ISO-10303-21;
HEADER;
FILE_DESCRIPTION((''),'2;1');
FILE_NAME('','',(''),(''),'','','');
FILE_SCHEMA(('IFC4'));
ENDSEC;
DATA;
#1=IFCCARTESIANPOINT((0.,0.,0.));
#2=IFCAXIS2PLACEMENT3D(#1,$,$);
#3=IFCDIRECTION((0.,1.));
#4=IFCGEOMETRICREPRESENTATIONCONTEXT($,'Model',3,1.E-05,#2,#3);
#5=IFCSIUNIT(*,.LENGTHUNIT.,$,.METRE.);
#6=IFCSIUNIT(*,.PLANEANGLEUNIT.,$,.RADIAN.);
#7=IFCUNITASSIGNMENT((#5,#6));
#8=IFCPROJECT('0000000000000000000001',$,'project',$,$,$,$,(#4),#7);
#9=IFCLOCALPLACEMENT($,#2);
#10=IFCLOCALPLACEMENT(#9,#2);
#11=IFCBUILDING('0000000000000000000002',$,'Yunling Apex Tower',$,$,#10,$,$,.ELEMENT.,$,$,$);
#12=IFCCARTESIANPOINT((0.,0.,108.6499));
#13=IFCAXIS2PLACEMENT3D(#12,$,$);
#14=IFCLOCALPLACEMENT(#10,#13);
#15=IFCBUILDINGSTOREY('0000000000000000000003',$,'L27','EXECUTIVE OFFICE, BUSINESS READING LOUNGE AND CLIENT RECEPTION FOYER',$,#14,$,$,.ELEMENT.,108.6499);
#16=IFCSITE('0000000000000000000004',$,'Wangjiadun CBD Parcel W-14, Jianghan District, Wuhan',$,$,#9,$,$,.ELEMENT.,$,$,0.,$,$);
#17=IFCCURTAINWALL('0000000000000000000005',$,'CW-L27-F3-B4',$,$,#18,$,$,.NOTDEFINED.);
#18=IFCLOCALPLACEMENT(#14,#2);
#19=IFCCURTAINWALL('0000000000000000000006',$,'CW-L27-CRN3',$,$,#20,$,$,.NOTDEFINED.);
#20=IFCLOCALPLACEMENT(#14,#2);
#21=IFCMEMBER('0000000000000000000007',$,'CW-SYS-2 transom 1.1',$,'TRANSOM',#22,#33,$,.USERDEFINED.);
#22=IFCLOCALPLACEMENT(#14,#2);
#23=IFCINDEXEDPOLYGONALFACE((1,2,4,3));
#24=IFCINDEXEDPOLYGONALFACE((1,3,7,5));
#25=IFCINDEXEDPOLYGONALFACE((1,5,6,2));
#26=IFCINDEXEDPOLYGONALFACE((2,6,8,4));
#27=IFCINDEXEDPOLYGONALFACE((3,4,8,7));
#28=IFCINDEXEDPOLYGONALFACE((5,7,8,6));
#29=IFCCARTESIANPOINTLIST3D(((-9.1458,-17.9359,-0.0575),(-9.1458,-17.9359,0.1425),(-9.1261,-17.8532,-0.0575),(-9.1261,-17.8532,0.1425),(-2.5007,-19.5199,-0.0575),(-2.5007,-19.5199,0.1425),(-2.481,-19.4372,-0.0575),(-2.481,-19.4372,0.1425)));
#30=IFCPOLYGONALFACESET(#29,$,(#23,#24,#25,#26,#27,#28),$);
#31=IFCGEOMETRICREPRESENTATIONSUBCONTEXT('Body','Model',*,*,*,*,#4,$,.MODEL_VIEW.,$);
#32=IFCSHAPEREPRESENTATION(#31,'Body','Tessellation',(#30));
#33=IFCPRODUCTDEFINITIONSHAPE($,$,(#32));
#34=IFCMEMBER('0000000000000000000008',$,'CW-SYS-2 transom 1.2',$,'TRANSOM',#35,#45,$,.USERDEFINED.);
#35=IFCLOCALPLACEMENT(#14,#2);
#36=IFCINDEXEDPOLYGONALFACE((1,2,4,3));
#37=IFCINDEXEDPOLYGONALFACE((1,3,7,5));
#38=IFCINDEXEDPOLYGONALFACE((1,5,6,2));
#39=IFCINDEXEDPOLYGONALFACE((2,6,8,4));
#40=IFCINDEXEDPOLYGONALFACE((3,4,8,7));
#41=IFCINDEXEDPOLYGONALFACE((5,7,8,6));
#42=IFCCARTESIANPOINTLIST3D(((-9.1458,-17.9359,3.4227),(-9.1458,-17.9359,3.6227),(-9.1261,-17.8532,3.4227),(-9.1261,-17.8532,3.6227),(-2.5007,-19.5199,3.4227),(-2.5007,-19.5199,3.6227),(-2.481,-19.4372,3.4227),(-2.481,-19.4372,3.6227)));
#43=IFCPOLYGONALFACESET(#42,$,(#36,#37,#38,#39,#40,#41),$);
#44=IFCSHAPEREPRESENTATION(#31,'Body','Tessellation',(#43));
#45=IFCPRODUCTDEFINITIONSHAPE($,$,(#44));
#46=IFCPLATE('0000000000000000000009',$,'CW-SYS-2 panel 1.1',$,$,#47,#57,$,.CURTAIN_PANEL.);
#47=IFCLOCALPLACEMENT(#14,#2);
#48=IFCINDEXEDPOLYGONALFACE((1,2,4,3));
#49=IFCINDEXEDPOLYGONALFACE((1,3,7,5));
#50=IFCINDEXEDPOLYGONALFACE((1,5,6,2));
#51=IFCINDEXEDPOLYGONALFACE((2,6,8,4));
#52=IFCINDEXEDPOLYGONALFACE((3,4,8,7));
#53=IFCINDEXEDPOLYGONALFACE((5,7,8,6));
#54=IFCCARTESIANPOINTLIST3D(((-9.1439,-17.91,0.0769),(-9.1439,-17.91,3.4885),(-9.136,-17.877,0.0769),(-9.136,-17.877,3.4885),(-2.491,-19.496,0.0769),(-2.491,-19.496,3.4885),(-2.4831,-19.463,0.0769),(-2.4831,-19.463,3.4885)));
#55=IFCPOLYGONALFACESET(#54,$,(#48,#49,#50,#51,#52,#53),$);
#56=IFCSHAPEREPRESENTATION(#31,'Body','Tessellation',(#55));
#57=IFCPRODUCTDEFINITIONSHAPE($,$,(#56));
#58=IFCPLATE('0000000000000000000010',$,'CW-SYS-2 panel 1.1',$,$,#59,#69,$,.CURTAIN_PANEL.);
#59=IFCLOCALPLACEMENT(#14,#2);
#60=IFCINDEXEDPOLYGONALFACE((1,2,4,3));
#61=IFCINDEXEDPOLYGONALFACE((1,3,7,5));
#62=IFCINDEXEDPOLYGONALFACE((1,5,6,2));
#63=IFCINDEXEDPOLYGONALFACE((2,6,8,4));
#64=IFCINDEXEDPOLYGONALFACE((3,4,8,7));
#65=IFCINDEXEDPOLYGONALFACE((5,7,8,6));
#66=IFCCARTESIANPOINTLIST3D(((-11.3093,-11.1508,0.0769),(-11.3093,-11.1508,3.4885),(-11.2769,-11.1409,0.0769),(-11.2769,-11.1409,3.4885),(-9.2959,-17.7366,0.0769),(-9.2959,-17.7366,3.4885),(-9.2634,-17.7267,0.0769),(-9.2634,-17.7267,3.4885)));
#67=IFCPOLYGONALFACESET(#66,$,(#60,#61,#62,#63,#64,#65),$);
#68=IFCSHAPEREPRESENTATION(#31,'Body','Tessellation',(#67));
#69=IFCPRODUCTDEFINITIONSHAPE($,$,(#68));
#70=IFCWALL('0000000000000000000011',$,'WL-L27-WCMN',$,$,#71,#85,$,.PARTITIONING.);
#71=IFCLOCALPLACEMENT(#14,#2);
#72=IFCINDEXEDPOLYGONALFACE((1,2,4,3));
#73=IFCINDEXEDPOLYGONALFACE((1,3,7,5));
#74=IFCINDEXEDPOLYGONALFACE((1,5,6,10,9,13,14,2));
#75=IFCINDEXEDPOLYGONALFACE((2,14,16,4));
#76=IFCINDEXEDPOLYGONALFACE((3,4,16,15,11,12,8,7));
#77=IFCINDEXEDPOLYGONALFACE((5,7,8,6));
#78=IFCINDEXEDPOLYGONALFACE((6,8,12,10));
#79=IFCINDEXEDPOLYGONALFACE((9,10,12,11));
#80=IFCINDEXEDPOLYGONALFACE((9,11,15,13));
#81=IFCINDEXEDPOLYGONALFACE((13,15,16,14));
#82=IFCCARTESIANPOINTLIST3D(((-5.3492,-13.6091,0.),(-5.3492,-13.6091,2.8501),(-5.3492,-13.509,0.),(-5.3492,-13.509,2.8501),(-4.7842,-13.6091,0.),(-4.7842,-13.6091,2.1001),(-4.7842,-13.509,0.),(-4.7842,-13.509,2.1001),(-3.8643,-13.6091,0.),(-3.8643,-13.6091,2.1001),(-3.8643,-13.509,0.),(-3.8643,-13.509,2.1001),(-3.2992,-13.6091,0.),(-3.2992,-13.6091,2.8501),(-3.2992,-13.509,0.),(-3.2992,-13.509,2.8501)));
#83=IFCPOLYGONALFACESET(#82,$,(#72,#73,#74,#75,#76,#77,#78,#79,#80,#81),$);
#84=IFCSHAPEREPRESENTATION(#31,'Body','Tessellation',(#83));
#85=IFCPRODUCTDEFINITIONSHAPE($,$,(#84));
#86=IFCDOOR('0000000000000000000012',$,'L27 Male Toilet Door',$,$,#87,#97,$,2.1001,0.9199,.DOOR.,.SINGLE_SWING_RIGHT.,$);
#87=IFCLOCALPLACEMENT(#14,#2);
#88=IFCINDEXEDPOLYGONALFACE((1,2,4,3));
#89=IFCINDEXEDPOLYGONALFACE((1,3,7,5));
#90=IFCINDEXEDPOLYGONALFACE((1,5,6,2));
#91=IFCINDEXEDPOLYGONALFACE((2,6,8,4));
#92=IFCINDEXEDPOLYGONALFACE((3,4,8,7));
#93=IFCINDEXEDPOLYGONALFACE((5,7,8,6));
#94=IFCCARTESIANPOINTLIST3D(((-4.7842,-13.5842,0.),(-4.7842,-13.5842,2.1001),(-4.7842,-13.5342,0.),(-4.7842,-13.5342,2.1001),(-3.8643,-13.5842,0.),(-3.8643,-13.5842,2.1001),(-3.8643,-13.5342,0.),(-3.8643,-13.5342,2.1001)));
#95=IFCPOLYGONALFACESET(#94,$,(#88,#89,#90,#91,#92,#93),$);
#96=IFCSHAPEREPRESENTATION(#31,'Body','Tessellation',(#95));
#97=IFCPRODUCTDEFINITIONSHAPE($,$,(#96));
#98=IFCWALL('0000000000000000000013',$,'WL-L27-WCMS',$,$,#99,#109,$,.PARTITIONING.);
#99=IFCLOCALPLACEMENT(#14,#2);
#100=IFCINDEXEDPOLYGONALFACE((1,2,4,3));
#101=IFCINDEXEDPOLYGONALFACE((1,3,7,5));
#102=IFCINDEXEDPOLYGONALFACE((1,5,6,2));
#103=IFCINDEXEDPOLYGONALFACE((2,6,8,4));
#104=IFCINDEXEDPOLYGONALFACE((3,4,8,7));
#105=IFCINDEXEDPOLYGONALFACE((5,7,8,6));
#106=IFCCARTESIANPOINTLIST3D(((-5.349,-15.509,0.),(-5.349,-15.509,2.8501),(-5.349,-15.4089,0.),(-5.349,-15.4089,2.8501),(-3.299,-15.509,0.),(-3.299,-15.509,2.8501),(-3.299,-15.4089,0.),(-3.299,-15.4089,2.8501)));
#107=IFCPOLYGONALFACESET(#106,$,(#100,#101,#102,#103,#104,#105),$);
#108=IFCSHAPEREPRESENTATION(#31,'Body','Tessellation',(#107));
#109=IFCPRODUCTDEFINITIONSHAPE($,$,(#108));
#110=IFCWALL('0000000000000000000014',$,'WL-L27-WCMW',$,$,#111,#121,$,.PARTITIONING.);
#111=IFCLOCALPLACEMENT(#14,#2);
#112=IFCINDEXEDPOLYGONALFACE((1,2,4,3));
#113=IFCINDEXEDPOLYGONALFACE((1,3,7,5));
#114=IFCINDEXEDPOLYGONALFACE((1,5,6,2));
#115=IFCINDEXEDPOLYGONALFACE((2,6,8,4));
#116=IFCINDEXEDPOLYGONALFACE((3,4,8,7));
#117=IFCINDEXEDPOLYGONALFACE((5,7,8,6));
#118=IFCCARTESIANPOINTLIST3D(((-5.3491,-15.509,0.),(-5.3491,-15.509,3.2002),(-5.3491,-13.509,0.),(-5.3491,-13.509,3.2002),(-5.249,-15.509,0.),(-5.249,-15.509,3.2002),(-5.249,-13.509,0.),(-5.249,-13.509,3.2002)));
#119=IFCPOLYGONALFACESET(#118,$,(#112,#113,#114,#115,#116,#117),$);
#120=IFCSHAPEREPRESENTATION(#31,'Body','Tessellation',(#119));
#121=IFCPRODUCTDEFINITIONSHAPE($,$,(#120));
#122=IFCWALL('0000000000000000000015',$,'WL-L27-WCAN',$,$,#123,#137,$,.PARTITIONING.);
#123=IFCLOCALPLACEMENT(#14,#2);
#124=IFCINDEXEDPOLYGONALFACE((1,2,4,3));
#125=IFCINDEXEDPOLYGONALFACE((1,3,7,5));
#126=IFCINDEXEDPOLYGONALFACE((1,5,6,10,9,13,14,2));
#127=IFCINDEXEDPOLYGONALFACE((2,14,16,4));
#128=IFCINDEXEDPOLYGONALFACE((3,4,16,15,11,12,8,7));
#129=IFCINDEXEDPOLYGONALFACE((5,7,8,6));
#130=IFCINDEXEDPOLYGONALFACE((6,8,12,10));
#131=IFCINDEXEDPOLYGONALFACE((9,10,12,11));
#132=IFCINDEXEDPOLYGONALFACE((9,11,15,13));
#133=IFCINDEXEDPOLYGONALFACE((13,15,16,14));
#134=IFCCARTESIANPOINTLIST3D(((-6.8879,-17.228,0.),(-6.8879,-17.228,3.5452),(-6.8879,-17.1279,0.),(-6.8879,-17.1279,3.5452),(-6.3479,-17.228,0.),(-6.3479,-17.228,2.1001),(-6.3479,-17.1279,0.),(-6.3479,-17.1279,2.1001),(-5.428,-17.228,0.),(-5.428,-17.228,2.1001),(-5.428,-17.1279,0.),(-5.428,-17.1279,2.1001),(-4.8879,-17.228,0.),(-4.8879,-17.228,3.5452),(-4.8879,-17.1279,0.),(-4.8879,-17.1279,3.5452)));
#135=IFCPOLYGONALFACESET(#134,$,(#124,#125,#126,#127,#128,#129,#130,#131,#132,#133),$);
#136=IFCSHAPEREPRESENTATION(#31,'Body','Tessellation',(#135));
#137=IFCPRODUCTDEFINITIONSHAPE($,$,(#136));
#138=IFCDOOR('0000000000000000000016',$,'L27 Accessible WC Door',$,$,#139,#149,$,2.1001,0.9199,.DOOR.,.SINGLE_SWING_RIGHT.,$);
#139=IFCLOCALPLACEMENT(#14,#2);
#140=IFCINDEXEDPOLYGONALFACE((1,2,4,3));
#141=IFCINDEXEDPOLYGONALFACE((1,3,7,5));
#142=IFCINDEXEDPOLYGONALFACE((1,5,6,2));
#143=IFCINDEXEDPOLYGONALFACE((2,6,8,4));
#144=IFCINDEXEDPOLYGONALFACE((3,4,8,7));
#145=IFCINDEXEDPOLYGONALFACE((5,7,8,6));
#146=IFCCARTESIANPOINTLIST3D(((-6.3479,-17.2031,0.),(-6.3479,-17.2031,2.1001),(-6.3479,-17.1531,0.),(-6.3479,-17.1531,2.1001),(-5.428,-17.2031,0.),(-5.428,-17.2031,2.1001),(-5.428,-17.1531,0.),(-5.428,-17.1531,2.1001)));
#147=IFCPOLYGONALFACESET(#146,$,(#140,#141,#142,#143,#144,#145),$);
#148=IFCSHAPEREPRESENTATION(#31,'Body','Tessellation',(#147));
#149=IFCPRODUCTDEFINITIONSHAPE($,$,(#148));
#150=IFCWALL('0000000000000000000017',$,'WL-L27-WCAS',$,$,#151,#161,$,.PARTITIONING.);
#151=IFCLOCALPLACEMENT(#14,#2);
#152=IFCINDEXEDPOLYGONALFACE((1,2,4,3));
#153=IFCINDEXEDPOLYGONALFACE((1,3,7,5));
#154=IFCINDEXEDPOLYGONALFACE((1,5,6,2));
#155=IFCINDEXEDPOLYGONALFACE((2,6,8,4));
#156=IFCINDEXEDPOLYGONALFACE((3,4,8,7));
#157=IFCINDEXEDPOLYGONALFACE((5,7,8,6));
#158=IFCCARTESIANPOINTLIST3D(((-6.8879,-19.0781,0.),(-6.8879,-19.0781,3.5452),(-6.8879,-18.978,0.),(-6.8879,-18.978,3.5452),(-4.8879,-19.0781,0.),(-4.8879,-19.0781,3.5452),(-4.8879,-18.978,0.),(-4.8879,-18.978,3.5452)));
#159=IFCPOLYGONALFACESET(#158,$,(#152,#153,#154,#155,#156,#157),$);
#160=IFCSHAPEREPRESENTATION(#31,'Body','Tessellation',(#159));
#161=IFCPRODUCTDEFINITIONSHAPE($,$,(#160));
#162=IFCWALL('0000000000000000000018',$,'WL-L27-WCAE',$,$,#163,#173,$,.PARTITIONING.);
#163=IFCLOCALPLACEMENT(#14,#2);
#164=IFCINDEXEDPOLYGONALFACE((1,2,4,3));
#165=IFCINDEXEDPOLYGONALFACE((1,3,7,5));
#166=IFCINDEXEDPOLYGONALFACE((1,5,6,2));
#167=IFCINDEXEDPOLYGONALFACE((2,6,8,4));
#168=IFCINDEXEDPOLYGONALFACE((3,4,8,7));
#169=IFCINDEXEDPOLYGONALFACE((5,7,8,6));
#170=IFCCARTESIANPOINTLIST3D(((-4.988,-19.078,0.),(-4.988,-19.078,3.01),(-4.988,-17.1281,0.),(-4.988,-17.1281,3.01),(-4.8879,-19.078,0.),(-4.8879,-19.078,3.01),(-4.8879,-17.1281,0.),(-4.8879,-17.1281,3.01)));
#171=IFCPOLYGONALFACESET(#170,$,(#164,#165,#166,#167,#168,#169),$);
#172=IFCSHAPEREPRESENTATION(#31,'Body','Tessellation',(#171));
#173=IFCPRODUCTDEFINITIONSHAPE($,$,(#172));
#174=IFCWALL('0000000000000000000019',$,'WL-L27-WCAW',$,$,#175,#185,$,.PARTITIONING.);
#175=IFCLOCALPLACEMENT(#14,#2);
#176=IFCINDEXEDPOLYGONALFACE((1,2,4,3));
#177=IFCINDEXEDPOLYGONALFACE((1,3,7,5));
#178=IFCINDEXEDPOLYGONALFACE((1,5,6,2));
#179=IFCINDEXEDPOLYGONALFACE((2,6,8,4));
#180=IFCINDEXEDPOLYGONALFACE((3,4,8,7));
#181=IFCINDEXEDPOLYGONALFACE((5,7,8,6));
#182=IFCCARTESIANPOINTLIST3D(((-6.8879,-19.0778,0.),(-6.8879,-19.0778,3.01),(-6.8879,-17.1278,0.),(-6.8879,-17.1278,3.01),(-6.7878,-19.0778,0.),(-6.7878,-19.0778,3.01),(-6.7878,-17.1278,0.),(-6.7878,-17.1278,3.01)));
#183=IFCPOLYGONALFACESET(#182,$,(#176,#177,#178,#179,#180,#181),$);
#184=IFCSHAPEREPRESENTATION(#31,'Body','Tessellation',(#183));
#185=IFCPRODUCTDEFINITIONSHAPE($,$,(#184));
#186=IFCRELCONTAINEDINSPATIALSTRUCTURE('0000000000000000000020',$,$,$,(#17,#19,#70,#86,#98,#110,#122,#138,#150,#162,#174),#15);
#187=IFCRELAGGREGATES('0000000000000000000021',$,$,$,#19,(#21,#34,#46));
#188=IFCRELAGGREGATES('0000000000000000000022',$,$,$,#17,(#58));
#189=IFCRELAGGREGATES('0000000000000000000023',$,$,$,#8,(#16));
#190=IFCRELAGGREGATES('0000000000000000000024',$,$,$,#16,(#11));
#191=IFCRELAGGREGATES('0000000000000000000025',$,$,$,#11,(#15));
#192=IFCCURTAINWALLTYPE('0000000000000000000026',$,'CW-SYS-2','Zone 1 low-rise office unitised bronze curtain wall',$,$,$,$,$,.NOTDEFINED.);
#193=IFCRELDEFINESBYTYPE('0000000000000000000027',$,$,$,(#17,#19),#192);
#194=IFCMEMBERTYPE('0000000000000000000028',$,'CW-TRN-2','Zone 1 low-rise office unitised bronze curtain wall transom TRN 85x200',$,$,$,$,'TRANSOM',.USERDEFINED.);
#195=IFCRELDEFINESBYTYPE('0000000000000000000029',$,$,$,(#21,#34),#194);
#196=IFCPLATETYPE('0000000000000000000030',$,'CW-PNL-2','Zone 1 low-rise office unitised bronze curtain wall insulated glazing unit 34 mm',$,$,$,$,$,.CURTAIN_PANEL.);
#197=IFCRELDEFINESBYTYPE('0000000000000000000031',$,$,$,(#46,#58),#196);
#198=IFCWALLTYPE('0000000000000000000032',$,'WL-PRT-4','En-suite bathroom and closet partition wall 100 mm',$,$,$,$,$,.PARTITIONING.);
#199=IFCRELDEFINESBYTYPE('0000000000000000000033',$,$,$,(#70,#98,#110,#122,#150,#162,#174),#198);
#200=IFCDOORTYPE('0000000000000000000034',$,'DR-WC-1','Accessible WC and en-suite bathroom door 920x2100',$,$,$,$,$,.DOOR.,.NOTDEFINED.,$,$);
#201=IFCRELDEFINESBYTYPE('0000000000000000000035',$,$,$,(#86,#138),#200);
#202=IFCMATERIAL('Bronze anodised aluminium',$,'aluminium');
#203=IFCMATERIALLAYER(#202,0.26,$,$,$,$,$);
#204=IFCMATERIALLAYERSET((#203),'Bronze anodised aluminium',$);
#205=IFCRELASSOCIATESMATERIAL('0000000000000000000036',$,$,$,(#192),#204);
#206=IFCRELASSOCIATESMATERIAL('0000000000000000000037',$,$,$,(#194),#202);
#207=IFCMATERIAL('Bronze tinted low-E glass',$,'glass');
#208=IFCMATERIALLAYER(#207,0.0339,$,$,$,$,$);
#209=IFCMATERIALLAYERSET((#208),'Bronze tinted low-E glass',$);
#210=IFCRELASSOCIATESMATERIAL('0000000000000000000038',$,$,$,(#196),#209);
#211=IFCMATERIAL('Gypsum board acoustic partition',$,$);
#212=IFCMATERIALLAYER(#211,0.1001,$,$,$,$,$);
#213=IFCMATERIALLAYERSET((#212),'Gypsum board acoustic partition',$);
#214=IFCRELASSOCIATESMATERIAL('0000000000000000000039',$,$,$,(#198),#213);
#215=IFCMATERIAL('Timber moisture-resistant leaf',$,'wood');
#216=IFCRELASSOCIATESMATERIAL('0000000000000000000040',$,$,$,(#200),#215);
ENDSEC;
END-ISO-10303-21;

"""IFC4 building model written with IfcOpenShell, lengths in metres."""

from ifc_helpers import new_model, si_unit, direction, frame, frame_2d, origin, origin_2d, place, context, subcontext, project, spatial, rectangle, extrude, source, transform, mapped, material, layer, layer_set, material_profile, profile_set, type_object, element, fill, aggregate, save


model = new_model("IFC4")

# Units and contexts
model_context = context("Model", 3, precision=1e-05, world=origin(), true_north=direction((0.0, 1.0)))
body_context = subcontext(model_context, "Body", "Model", "MODEL_VIEW")
ifc_project = project(units=[si_unit("LENGTHUNIT", "METRE"), si_unit("PLANEANGLEUNIT", "RADIAN")], contexts=[model_context])

# Site, building, storey
site_placement = place(None, origin())
site = spatial("IfcSite", under=ifc_project, at=site_placement, Name="Wangjiadun CBD Parcel W-14, Jianghan District, Wuhan", CompositionType="ELEMENT", RefElevation=0.0)
building_placement = place(site_placement, origin())
building = spatial("IfcBuilding", under=site, at=building_placement, Name="Yunling Apex Tower", CompositionType="ELEMENT")
storey_placement = place(building_placement, frame((0.0, 0.0, 108.6499)))
storey = spatial("IfcBuildingStorey", under=building, at=storey_placement, Name="L27", Description="EXECUTIVE OFFICE, BUSINESS READING LOUNGE AND CLIENT RECEPTION FOYER", CompositionType="ELEMENT", Elevation=108.6499)

# Curtain wall
ifc_material_1 = material(Name="Bronze anodised aluminium", Category="aluminium")
ifc_layer_1 = layer(ifc_material_1, 0.26)
ifc_layer_set_1 = layer_set([ifc_layer_1], Name="Bronze anodised aluminium")
curtain_wall_type = type_object("IfcCurtainWallType", Name="CW-SYS-2", Description="Zone 1 low-rise office unitised bronze curtain wall", PredefinedType="NOTDEFINED", material=ifc_layer_set_1)
curtain_wall_1_placement = place(storey_placement, origin())
curtain_wall_1 = element("IfcCurtainWall", 1, at=curtain_wall_1_placement, inside=storey, type_object=curtain_wall_type, Name="CW-L27-F3-B4", PredefinedType="NOTDEFINED")

# Curtain wall, members, plate
curtain_wall_2_placement = place(storey_placement, origin())
curtain_wall_2 = element("IfcCurtainWall", 2, at=curtain_wall_2_placement, inside=storey, type_object=curtain_wall_type, Name="CW-L27-CRN3", PredefinedType="NOTDEFINED")
ifc_material_profile_1 = material_profile(ifc_material_1, rectangle(XDim=0.085, YDim=0.2, at=origin_2d()))
ifc_profile_set_1 = profile_set([ifc_material_profile_1], Name="Bronze anodised aluminium")
member_type_1 = type_object("IfcMemberType", Name="CW-TRN-2", Description="Zone 1 low-rise office unitised bronze curtain wall transom TRN 85x200", ElementType="TRANSOM", PredefinedType="USERDEFINED", material=ifc_profile_set_1)
shared_shape_1 = source(origin(), body_context, "Body", "SweptSolid", [
    extrude(rectangle(XDim=0.085, YDim=0.2, at=origin_2d()), origin(), (0.0, 0.0, 1.0), 6.8313),
])
member_1_placement = place(storey_placement, frame((-9.136, -17.8945, 0.0425), z_axis=(0.972746, -0.231875, 0.0), x_axis=(0.231875, 0.972746, 0.0)))
member_1 = element("IfcMember", 3, at=member_1_placement, type_object=member_type_1, Name="CW-SYS-2 transom 1.1", ObjectType="TRANSOM", PredefinedType="USERDEFINED", context=body_context, shape_type="MappedRepresentation", body=[
    mapped(shared_shape_1, transform((0.0, 0.0, 0.0), scale=1.0)),
])
member_2_placement = place(storey_placement, frame((-9.136, -17.8945, 3.5227), z_axis=(0.972746, -0.231875, 0.0), x_axis=(0.231875, 0.972746, 0.0)))
member_2 = element("IfcMember", 4, at=member_2_placement, type_object=member_type_1, Name="CW-SYS-2 transom 1.2", ObjectType="TRANSOM", PredefinedType="USERDEFINED", context=body_context, shape_type="MappedRepresentation", body=[
    mapped(shared_shape_1, transform((0.0, 0.0, 0.0), scale=1.0)),
])
ifc_material_2 = material(Name="Bronze tinted low-E glass", Category="glass")
ifc_layer_2 = layer(ifc_material_2, 0.0339)
ifc_layer_set_2 = layer_set([ifc_layer_2], Name="Bronze tinted low-E glass")
plate_type = type_object("IfcPlateType", Name="CW-PNL-2", Description="Zone 1 low-rise office unitised bronze curtain wall insulated glazing unit 34 mm", PredefinedType="CURTAIN_PANEL", material=ifc_layer_set_2)
shared_shape_2 = source(origin(), body_context, "Body", "SweptSolid", [
    extrude(rectangle(XDim=6.8394, YDim=0.0339, at=origin_2d()), origin(), (0.0, 0.0, 1.0), 3.4116),
])
plate_1_placement = place(storey_placement, frame((-5.8135, -18.6865, 0.0769), z_axis=(0.0, 0.0, 1.0), x_axis=(0.972741, -0.231895, 0.0)))
plate_1 = element("IfcPlate", 5, at=plate_1_placement, type_object=plate_type, Name="CW-SYS-2 panel 1.1", PredefinedType="CURTAIN_PANEL", context=body_context, shape_type="MappedRepresentation", body=[
    mapped(shared_shape_2, transform((0.0, 0.0, 0.0), scale=1.0)),
])
aggregate(curtain_wall_2, [member_1, member_2, plate_1])

# Plate
shared_shape_3 = source(origin(), body_context, "Body", "SweptSolid", [
    extrude(rectangle(XDim=6.8867, YDim=0.0339, at=origin_2d()), origin(), (0.0, 0.0, 1.0), 3.4116),
])
plate_2_placement = place(storey_placement, frame((-10.2864, -14.4387, 0.0769), z_axis=(0.0, 0.0, 1.0), x_axis=(0.292373, -0.956304, 0.0)))
plate_2 = element("IfcPlate", 6, at=plate_2_placement, type_object=plate_type, Name="CW-SYS-2 panel 1.1", PredefinedType="CURTAIN_PANEL", context=body_context, shape_type="MappedRepresentation", body=[
    mapped(shared_shape_3, transform((0.0, 0.0, 0.0), scale=1.0)),
])
aggregate(curtain_wall_1, [plate_2])

# Wall, opening, door
ifc_material_3 = material(Name="Gypsum board acoustic partition")
ifc_layer_3 = layer(ifc_material_3, 0.1001)
ifc_layer_set_3 = layer_set([ifc_layer_3], Name="Gypsum board acoustic partition")
wall_type = type_object("IfcWallType", Name="WL-PRT-4", Description="En-suite bathroom and closet partition wall 100 mm", PredefinedType="PARTITIONING", material=ifc_layer_set_3)
wall_1_placement = place(storey_placement, frame((-5.3491, -13.5591, 0.0), z_axis=(0.0, 0.0, 1.0), x_axis=(1.0, 0.0, 0.0)))
wall_1 = element("IfcWall", 7, at=wall_1_placement, inside=storey, type_object=wall_type, Name="WL-L27-WCMN", PredefinedType="PARTITIONING", context=body_context, shape_type="SweptSolid", body=[
    extrude(rectangle(XDim=2.05, YDim=0.1001, at=frame_2d((1.0249, 0.0))), origin(), (0.0, 0.0, 1.0), 2.8501),
])
opening_1_placement = place(wall_1_placement, frame((0.5649, 0.0, 0.0)))
opening_1 = element("IfcOpeningElement", 8, at=opening_1_placement, cuts=wall_1, PredefinedType="OPENING", context=body_context, shape_type="SweptSolid", body=[
    extrude(rectangle(XDim=0.9199, YDim=2.1001, at=frame_2d((0.46, 1.05))), frame((0.0, 0.0601, 0.0), z_axis=(0.0, -1.0, 0.0), x_axis=(1.0, 0.0, 0.0)), (0.0, 0.0, 1.0), 0.1201),
])
ifc_material_4 = material(Name="Timber moisture-resistant leaf", Category="wood")
door_type = type_object("IfcDoorType", Name="DR-WC-1", Description="Accessible WC and en-suite bathroom door 920x2100", OperationType="NOTDEFINED", PredefinedType="DOOR", material=ifc_material_4)
door_1_placement = place(opening_1_placement, origin())
door_1 = element("IfcDoor", 9, at=door_1_placement, inside=storey, type_object=door_type, Name="L27 Male Toilet Door", OperationType="SINGLE_SWING_RIGHT", OverallHeight=2.1001, OverallWidth=0.9199, PredefinedType="DOOR", context=body_context, shape_type="SweptSolid", body=[
    extrude(rectangle(XDim=0.9199, YDim=2.1001, at=frame_2d((0.46, 1.05))), frame((0.0, 0.0249, 0.0), z_axis=(0.0, -1.0, 0.0), x_axis=(1.0, 0.0, 0.0)), (0.0, 0.0, 1.0), 0.05),
])
fill(opening_1, door_1)

# Walls
wall_2_placement = place(storey_placement, frame((-3.2991, -15.459, 0.0), z_axis=(0.0, 0.0, 1.0), x_axis=(-1.0, 0.0, 0.0)))
element("IfcWall", 10, at=wall_2_placement, inside=storey, type_object=wall_type, Name="WL-L27-WCMS", PredefinedType="PARTITIONING", context=body_context, shape_type="SweptSolid", body=[
    extrude(rectangle(XDim=2.05, YDim=0.1001, at=frame_2d((1.0249, 0.0))), origin(), (0.0, 0.0, 1.0), 2.8501),
])
wall_3_placement = place(storey_placement, frame((-5.2991, -15.509, 0.0), z_axis=(0.0, 0.0, 1.0), x_axis=(0.0, 1.0, 0.0)))
element("IfcWall", 11, at=wall_3_placement, inside=storey, type_object=wall_type, Name="WL-L27-WCMW", PredefinedType="PARTITIONING", context=body_context, shape_type="SweptSolid", body=[
    extrude(rectangle(XDim=2.0, YDim=0.1001, at=frame_2d((1.0, 0.0))), origin(), (0.0, 0.0, 1.0), 3.2002),
])

# Wall, opening, door
wall_4_placement = place(storey_placement, frame((-6.8879, -17.178, 0.0), z_axis=(0.0, 0.0, 1.0), x_axis=(1.0, 0.0, 0.0)))
wall_4 = element("IfcWall", 12, at=wall_4_placement, inside=storey, type_object=wall_type, Name="WL-L27-WCAN", PredefinedType="PARTITIONING", context=body_context, shape_type="SweptSolid", body=[
    extrude(rectangle(XDim=2.0, YDim=0.1001, at=frame_2d((1.0, 0.0))), origin(), (0.0, 0.0, 1.0), 3.5452),
])
opening_2_placement = place(wall_4_placement, frame((0.54, 0.0, 0.0)))
opening_2 = element("IfcOpeningElement", 13, at=opening_2_placement, cuts=wall_4, PredefinedType="OPENING", context=body_context, shape_type="SweptSolid", body=[
    extrude(rectangle(XDim=0.9199, YDim=2.1001, at=frame_2d((0.46, 1.05))), frame((0.0, 0.0601, 0.0), z_axis=(0.0, -1.0, 0.0), x_axis=(1.0, 0.0, 0.0)), (0.0, 0.0, 1.0), 0.1201),
])
door_2_placement = place(opening_2_placement, origin())
door_2 = element("IfcDoor", 14, at=door_2_placement, inside=storey, type_object=door_type, Name="L27 Accessible WC Door", OperationType="SINGLE_SWING_RIGHT", OverallHeight=2.1001, OverallWidth=0.9199, PredefinedType="DOOR", context=body_context, shape_type="SweptSolid", body=[
    extrude(rectangle(XDim=0.9199, YDim=2.1001, at=frame_2d((0.46, 1.05))), frame((0.0, 0.0249, 0.0), z_axis=(0.0, -1.0, 0.0), x_axis=(1.0, 0.0, 0.0)), (0.0, 0.0, 1.0), 0.05),
])
fill(opening_2, door_2)

# Walls
wall_5_placement = place(storey_placement, frame((-4.8879, -19.0281, 0.0), z_axis=(0.0, 0.0, 1.0), x_axis=(-1.0, 0.0, 0.0)))
element("IfcWall", 15, at=wall_5_placement, inside=storey, type_object=wall_type, Name="WL-L27-WCAS", PredefinedType="PARTITIONING", context=body_context, shape_type="SweptSolid", body=[
    extrude(rectangle(XDim=2.0, YDim=0.1001, at=frame_2d((1.0, 0.0))), origin(), (0.0, 0.0, 1.0), 3.5452),
])
for number, where, z_axis, x_axis, name in (
    (16, (-4.938, -17.1279, 0.0), (0.0, 0.0, 1.0), (0.0, -1.0, 0.0), "WL-L27-WCAE"),
    (17, (-6.8379, -19.0779, 0.0), (0.0, 0.0, 1.0), (0.0, 1.0, 0.0), "WL-L27-WCAW"),
):
    element("IfcWall", number, at=place(storey_placement, frame(where, z_axis=z_axis, x_axis=x_axis)), inside=storey, type_object=wall_type, Name=name, PredefinedType="PARTITIONING", context=body_context, shape_type="SweptSolid", body=[
        extrude(rectangle(XDim=1.95, YDim=0.1001, at=frame_2d((0.9751, 0.0))), origin(), (0.0, 0.0, 1.0), 3.01),
    ])

save(model, "model.ifc")
